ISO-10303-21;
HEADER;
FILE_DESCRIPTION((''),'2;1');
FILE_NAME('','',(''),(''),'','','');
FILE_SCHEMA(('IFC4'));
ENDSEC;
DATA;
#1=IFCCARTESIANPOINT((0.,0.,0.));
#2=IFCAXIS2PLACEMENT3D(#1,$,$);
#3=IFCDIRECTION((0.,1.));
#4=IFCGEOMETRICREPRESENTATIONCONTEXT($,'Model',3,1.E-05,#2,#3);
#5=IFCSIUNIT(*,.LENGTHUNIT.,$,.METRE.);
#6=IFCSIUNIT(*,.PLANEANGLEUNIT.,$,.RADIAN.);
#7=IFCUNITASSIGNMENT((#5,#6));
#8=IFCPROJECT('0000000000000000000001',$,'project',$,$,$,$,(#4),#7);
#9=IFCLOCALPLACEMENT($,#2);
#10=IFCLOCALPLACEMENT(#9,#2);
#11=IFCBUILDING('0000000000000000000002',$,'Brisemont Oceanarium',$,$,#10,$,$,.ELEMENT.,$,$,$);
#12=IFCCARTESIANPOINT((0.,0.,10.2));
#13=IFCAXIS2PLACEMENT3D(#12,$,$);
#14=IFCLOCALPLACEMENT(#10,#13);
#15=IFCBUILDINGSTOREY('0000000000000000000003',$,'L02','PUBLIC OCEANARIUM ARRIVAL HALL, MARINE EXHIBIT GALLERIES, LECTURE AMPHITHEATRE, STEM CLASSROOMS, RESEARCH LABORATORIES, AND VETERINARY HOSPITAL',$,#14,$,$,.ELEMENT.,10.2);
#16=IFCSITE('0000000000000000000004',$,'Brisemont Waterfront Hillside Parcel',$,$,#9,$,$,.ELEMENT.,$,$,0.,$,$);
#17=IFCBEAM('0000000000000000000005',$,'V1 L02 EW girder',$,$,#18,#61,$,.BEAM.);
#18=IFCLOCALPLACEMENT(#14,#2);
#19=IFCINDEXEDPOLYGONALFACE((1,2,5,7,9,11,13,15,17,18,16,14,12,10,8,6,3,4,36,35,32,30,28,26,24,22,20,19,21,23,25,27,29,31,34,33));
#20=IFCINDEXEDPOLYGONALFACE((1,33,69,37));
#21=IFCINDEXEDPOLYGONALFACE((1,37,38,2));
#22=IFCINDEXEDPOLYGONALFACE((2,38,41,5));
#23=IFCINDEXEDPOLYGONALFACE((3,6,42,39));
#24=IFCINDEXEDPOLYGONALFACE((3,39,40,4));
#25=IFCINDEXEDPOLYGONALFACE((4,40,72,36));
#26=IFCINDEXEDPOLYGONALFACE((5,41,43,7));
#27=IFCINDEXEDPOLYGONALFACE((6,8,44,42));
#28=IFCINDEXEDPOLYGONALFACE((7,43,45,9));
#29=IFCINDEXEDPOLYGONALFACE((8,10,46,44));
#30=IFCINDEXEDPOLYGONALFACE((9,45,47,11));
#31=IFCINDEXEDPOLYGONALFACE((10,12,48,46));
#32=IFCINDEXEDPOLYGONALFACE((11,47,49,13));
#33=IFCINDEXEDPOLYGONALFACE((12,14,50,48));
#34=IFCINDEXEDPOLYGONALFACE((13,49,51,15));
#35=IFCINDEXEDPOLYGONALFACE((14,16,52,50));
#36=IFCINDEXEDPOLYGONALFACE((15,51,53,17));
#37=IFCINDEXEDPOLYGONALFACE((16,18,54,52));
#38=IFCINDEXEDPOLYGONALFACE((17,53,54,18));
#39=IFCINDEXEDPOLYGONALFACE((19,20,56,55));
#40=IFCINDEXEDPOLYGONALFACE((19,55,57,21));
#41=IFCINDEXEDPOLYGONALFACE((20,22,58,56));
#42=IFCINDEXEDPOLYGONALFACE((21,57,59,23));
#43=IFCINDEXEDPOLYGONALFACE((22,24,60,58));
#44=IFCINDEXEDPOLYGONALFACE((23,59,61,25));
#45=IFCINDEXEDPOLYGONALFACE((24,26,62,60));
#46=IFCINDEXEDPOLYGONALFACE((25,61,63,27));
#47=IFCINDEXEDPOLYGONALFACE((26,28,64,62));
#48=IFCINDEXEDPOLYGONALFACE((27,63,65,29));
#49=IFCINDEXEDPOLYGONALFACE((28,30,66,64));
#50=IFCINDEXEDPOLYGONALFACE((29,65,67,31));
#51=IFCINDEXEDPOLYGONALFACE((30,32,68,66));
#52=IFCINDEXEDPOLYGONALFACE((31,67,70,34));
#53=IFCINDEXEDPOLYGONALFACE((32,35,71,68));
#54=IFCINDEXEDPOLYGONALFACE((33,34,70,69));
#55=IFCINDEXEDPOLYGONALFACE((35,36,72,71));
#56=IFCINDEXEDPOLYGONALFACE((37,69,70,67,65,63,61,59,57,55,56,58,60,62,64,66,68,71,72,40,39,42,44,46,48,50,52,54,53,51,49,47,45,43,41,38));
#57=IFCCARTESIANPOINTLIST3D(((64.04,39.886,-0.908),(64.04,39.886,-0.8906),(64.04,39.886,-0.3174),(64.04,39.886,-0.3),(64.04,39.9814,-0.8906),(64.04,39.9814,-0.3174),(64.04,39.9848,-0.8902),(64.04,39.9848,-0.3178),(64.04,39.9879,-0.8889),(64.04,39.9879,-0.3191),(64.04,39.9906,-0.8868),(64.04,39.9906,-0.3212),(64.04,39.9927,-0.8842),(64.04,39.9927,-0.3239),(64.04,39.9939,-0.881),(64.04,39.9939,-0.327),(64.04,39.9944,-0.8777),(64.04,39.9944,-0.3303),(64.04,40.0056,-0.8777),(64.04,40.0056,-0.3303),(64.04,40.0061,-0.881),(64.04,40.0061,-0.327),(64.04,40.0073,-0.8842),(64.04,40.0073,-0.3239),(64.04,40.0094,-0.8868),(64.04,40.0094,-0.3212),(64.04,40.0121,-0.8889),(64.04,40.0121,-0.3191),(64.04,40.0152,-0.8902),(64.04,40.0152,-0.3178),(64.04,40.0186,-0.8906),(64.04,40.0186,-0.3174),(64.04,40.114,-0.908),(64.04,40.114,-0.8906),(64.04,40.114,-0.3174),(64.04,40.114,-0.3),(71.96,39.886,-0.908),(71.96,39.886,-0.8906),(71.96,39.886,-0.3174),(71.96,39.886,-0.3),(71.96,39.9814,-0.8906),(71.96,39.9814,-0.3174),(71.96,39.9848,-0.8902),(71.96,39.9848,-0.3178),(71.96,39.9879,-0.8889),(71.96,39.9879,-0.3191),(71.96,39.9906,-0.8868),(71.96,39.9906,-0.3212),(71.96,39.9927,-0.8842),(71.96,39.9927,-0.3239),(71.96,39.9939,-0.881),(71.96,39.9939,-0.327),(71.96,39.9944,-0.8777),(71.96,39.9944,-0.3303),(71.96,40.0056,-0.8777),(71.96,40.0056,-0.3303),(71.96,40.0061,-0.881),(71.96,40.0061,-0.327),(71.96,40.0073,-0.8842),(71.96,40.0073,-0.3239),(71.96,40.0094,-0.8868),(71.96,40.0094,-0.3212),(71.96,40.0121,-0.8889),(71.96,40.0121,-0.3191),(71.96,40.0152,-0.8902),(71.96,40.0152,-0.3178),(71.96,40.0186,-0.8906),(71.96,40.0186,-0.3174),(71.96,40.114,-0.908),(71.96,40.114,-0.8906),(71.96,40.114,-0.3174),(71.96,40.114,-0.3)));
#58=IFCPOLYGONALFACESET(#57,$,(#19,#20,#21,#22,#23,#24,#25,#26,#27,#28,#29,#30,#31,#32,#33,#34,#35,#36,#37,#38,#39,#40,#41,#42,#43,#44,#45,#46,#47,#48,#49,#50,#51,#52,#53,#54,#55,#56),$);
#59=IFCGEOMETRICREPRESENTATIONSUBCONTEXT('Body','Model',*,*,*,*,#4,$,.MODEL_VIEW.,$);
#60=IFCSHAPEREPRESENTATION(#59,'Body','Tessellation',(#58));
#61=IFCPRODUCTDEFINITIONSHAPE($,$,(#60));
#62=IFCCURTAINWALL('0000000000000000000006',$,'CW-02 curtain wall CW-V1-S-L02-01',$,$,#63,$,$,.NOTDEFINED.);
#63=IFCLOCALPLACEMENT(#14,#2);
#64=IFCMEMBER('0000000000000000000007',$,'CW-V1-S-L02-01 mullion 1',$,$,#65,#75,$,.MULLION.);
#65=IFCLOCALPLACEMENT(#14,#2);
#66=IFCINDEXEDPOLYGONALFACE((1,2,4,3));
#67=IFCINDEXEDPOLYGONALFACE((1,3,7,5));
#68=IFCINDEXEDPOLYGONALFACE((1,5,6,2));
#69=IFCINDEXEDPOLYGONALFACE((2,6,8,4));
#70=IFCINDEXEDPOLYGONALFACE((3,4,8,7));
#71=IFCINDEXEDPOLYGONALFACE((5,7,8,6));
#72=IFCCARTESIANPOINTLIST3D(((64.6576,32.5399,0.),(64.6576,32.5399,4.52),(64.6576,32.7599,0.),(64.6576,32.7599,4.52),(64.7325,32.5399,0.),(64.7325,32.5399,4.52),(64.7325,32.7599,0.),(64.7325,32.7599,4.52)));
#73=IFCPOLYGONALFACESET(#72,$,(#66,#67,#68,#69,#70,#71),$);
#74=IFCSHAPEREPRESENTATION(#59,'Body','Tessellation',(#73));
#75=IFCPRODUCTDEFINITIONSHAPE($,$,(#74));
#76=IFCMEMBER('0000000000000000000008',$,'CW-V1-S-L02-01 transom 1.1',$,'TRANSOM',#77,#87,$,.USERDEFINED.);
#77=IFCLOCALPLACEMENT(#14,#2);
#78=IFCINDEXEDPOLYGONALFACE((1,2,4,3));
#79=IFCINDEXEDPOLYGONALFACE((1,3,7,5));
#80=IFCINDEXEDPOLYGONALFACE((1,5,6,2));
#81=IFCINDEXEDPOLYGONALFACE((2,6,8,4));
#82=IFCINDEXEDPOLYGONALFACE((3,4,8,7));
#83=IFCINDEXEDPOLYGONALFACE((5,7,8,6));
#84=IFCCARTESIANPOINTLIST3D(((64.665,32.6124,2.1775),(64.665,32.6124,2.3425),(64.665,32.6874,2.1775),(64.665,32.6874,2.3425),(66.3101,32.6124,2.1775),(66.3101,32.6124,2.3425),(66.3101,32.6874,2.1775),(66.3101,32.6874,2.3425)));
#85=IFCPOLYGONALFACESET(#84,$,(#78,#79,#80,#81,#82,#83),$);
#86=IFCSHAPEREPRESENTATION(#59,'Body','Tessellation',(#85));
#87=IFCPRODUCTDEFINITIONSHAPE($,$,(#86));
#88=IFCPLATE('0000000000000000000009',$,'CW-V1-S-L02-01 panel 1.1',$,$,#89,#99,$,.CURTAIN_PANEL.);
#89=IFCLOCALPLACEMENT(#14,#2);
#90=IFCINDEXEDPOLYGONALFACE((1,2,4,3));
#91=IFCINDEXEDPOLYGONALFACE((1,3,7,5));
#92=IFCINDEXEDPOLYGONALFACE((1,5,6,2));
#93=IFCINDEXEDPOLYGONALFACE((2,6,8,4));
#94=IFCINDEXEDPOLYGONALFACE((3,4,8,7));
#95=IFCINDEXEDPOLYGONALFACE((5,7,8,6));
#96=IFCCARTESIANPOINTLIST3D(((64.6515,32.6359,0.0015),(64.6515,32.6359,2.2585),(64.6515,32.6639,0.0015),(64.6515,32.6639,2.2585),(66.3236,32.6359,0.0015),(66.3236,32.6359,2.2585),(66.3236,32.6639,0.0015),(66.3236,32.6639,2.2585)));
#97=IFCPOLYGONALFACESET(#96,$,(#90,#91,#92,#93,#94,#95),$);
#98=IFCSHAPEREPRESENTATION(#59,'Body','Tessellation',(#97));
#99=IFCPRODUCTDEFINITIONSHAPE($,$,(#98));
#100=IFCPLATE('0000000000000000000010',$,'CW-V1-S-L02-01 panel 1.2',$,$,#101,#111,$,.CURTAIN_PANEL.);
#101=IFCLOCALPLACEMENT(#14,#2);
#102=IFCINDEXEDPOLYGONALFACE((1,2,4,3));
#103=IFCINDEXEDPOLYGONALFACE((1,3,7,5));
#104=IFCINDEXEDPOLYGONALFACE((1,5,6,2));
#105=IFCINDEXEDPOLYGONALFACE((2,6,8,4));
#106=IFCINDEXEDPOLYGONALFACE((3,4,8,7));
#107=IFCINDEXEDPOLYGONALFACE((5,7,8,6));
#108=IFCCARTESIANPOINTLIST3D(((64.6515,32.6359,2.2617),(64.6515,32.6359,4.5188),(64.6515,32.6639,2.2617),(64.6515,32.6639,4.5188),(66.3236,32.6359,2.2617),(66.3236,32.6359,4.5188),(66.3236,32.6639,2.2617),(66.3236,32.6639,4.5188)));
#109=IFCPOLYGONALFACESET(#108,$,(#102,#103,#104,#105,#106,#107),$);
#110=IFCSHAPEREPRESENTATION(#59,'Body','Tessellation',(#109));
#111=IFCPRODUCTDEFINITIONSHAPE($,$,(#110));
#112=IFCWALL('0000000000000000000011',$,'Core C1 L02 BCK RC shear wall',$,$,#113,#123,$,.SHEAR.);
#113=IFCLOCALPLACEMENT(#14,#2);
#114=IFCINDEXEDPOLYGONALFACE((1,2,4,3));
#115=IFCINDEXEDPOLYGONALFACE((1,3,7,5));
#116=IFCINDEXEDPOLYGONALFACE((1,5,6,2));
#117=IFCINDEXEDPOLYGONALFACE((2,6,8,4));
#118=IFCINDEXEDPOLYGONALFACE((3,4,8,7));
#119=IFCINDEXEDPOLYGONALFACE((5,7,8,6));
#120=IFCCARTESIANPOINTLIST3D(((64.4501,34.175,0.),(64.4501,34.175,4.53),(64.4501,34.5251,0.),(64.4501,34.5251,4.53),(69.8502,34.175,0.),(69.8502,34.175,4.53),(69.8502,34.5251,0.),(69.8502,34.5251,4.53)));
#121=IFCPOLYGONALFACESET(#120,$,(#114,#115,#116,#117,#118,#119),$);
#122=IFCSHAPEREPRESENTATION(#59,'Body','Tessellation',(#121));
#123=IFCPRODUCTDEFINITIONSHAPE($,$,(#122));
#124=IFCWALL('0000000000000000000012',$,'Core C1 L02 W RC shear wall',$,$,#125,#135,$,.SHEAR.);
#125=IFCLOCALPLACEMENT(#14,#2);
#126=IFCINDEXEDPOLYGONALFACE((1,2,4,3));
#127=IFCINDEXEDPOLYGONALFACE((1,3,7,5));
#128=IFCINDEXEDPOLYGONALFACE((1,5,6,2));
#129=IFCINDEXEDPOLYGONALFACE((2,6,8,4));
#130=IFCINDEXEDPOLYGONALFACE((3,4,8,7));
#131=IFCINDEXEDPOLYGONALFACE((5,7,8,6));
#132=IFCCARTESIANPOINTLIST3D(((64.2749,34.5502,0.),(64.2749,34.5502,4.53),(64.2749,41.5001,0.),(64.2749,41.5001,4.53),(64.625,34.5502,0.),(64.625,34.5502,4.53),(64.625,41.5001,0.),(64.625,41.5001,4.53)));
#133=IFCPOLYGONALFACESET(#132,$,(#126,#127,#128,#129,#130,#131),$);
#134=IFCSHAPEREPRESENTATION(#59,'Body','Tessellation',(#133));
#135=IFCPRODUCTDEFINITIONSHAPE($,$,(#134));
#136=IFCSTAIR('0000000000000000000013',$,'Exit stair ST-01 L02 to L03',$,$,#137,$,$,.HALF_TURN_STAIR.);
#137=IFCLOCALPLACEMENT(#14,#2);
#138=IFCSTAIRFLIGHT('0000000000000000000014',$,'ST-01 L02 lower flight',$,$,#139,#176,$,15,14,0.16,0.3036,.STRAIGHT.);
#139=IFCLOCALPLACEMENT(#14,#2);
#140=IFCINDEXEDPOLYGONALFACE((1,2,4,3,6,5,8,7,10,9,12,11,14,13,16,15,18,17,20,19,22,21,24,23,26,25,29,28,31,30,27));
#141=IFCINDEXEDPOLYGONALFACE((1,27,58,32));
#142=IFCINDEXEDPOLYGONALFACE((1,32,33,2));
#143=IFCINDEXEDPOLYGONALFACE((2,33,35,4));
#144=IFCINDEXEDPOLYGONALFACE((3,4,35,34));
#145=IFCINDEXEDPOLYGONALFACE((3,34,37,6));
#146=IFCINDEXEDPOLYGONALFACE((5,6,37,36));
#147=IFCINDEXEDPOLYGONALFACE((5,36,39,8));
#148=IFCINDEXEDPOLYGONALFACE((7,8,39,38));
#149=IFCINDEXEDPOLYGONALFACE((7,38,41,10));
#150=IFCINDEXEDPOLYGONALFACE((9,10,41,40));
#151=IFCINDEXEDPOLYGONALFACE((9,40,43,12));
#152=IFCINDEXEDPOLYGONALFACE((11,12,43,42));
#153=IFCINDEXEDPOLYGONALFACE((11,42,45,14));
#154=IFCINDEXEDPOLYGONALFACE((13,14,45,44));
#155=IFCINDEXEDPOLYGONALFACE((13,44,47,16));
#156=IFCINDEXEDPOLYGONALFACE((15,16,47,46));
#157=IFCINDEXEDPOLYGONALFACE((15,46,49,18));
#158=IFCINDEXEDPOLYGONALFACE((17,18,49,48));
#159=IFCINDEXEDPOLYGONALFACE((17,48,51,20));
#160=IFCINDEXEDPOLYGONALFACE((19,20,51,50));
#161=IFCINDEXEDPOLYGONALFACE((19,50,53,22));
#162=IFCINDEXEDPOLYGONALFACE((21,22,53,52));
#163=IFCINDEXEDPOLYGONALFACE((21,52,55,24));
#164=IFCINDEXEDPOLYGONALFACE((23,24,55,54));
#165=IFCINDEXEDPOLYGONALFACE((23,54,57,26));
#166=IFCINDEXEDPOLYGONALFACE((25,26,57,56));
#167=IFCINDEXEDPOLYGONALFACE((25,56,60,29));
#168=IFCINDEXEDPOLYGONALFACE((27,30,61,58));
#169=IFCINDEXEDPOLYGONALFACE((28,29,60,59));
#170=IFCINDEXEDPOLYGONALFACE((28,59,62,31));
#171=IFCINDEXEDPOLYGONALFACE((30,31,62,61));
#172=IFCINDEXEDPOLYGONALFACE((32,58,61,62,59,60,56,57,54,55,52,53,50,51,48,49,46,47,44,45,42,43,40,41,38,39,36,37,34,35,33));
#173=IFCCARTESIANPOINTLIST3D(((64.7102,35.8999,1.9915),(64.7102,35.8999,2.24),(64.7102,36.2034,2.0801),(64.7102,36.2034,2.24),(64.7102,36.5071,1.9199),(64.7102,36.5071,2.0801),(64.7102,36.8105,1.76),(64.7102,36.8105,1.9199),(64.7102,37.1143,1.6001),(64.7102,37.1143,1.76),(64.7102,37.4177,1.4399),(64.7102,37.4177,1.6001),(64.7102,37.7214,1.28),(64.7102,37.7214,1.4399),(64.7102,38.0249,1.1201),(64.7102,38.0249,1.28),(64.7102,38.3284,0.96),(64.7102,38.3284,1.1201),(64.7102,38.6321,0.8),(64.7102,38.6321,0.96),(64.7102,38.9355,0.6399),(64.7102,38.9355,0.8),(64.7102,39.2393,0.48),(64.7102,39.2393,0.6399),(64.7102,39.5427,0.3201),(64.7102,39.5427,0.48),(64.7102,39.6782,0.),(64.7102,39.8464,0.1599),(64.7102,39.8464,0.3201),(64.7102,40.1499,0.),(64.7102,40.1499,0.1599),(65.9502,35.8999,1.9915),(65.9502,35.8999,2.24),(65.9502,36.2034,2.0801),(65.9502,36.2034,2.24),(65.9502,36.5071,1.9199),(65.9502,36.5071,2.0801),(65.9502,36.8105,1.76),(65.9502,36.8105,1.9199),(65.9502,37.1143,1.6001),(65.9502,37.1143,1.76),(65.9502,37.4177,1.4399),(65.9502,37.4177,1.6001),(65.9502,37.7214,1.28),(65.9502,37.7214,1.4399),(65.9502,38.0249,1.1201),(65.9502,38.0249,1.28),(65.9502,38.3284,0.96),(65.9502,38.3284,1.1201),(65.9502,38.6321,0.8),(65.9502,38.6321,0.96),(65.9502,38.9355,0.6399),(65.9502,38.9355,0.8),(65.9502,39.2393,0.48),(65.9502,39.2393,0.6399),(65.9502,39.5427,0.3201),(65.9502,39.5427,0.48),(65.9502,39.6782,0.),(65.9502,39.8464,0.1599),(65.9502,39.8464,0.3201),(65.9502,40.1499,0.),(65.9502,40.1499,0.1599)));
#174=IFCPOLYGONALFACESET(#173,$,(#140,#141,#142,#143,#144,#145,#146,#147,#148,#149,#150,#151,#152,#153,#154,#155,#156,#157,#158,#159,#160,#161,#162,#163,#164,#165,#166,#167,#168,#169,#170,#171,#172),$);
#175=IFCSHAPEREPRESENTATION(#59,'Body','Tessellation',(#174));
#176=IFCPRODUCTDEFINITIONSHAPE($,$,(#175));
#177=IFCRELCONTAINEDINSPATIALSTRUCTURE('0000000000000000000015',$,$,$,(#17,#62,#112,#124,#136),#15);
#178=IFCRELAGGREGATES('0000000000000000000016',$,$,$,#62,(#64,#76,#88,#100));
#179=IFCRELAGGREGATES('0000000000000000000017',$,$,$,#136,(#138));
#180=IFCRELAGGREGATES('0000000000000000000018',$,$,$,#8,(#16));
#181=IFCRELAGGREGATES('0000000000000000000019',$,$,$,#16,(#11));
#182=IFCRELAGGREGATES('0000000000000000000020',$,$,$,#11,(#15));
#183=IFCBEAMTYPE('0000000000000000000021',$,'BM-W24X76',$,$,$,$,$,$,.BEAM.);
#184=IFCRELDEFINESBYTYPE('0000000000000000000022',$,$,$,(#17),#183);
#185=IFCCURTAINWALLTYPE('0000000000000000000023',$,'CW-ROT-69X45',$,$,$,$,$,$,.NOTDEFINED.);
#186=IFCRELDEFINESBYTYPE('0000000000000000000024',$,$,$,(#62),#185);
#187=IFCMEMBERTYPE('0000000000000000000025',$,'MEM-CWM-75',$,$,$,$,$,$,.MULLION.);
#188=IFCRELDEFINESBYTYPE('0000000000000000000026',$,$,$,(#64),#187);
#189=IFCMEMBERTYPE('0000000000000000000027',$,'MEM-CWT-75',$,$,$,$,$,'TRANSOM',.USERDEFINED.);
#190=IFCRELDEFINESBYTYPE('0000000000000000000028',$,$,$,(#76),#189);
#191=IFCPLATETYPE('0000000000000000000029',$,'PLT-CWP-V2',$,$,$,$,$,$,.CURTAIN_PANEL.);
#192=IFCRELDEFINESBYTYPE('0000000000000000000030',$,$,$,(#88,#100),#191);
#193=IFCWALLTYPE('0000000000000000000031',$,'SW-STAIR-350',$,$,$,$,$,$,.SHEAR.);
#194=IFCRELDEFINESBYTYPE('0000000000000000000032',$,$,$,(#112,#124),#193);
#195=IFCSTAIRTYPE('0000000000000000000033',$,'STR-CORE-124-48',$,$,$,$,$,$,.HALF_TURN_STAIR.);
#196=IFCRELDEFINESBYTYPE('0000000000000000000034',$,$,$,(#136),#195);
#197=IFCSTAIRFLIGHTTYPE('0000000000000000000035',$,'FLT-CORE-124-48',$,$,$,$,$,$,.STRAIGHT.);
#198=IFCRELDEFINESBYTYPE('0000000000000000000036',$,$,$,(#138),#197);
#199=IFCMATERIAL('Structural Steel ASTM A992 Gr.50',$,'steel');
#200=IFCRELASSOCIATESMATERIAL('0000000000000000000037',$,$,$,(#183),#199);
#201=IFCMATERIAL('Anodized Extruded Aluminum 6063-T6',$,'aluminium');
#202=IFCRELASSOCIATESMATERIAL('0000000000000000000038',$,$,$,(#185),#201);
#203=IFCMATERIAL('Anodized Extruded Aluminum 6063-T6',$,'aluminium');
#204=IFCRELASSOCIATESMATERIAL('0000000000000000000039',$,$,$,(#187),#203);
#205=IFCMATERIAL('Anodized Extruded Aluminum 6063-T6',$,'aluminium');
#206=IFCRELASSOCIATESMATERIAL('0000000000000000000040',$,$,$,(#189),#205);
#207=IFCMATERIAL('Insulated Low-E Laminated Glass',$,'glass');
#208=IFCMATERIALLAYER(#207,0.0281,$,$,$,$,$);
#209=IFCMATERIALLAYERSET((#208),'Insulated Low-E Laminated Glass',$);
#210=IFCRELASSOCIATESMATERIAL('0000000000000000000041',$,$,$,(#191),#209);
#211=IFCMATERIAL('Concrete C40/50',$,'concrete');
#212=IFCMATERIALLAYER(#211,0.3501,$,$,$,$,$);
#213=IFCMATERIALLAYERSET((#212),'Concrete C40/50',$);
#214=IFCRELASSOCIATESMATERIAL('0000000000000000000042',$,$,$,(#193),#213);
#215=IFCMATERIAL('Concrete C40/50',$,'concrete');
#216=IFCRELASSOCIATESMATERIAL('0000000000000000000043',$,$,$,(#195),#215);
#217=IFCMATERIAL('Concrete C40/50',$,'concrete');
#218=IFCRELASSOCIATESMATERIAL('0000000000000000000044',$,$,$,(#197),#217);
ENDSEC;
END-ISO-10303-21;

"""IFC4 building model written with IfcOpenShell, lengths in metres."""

from ifc_helpers import new_model, si_unit, direction, frame, frame_2d, origin, origin_2d, place, context, subcontext, project, spatial, polyline, rectangle, i_section, outline, extrude, material, layer, layer_set, material_profile, profile_set, type_object, element, aggregate, save


model = new_model("IFC4")

# Units and contexts
model_context = context("Model", 3, precision=1e-05, world=origin(), true_north=direction((0.0, 1.0)))
body_context = subcontext(model_context, "Body", "Model", "MODEL_VIEW")
ifc_project = project(units=[si_unit("LENGTHUNIT", "METRE"), si_unit("PLANEANGLEUNIT", "RADIAN")], contexts=[model_context])

# Site, building, storey
site_placement = place(None, origin())
site = spatial("IfcSite", under=ifc_project, at=site_placement, Name="Brisemont Waterfront Hillside Parcel", CompositionType="ELEMENT", RefElevation=0.0)
building_placement = place(site_placement, origin())
building = spatial("IfcBuilding", under=site, at=building_placement, Name="Brisemont Oceanarium", CompositionType="ELEMENT")
storey_placement = place(building_placement, frame((0.0, 0.0, 10.2)))
storey = spatial("IfcBuildingStorey", under=building, at=storey_placement, Name="L02", Description="PUBLIC OCEANARIUM ARRIVAL HALL, MARINE EXHIBIT GALLERIES, LECTURE AMPHITHEATRE, STEM CLASSROOMS, RESEARCH LABORATORIES, AND VETERINARY HOSPITAL", CompositionType="ELEMENT", Elevation=10.2)

# Beam
ifc_material_1 = material(Name="Structural Steel ASTM A992 Gr.50", Category="steel")
ifc_material_profile_1 = material_profile(ifc_material_1, i_section(OverallWidth=0.228, OverallDepth=0.6079, WebThickness=0.0112, FlangeThickness=0.0173, FilletRadius=0.0129, at=origin_2d()), Name="W24X76")
ifc_profile_set_1 = profile_set([ifc_material_profile_1], Name="Structural Steel ASTM A992 Gr.50")
beam_type_1 = type_object("IfcBeamType", Name="BM-W24X76", PredefinedType="BEAM", material=ifc_profile_set_1)
beam_1_placement = place(storey_placement, frame((64.04, 40.0, -0.604), z_axis=(1.0, 0.0, 0.0), x_axis=(0.0, 1.0, 0.0)))
element("IfcBeam", 1, at=beam_1_placement, inside=storey, type_object=beam_type_1, Name="V1 L02 EW girder", PredefinedType="BEAM", context=body_context, shape_type="SweptSolid", body=[
    extrude(i_section(OverallWidth=0.228, OverallDepth=0.6079, WebThickness=0.0112, FlangeThickness=0.0173, FilletRadius=0.0129, at=origin_2d()), origin(), (0.0, 0.0, 1.0), 7.9199),
])

# Curtain wall, members, plates
ifc_material_2 = material(Name="Anodized Extruded Aluminum 6063-T6", Category="aluminium")
curtain_wall_type = type_object("IfcCurtainWallType", Name="CW-ROT-69X45", PredefinedType="NOTDEFINED", material=ifc_material_2)
curtain_wall_placement = place(storey_placement, origin())
curtain_wall = element("IfcCurtainWall", 2, at=curtain_wall_placement, inside=storey, type_object=curtain_wall_type, Name="CW-02 curtain wall CW-V1-S-L02-01", PredefinedType="NOTDEFINED")
ifc_material_3 = material(Name="Anodized Extruded Aluminum 6063-T6", Category="aluminium")
ifc_material_profile_2 = material_profile(ifc_material_3, rectangle(XDim=0.075, YDim=0.22, at=origin_2d()), Name="CWM-75X220")
ifc_profile_set_2 = profile_set([ifc_material_profile_2], Name="Anodized Extruded Aluminum 6063-T6")
member_type_1 = type_object("IfcMemberType", Name="MEM-CWM-75", PredefinedType="MULLION", material=ifc_profile_set_2)
member_1_placement = place(storey_placement, frame((64.6951, 32.6499, 0.0), z_axis=(0.0, 0.0, 1.0), x_axis=(1.0, 0.0, 0.0)))
member_1 = element("IfcMember", 3, at=member_1_placement, type_object=member_type_1, Name="CW-V1-S-L02-01 mullion 1", PredefinedType="MULLION", context=body_context, shape_type="SweptSolid", body=[
    extrude(rectangle(XDim=0.075, YDim=0.22, at=origin_2d()), origin(), (0.0, 0.0, 1.0), 4.52),
])
ifc_material_4 = material(Name="Anodized Extruded Aluminum 6063-T6", Category="aluminium")
ifc_material_profile_3 = material_profile(ifc_material_4, rectangle(XDim=0.075, YDim=0.165, at=origin_2d()), Name="CWT-75X165")
ifc_profile_set_3 = profile_set([ifc_material_profile_3], Name="Anodized Extruded Aluminum 6063-T6")
member_type_2 = type_object("IfcMemberType", Name="MEM-CWT-75", ElementType="TRANSOM", PredefinedType="USERDEFINED", material=ifc_profile_set_3)
member_2_placement = place(storey_placement, frame((64.665, 32.6499, 2.26), z_axis=(1.0, 0.0, 0.0), x_axis=(0.0, 1.0, 0.0)))
member_2 = element("IfcMember", 4, at=member_2_placement, type_object=member_type_2, Name="CW-V1-S-L02-01 transom 1.1", ObjectType="TRANSOM", PredefinedType="USERDEFINED", context=body_context, shape_type="SweptSolid", body=[
    extrude(rectangle(XDim=0.075, YDim=0.165, at=origin_2d()), origin(), (0.0, 0.0, 1.0), 1.645),
])
ifc_material_5 = material(Name="Insulated Low-E Laminated Glass", Category="glass")
ifc_layer_1 = layer(ifc_material_5, 0.0281)
ifc_layer_set_1 = layer_set([ifc_layer_1], Name="Insulated Low-E Laminated Glass")
plate_type = type_object("IfcPlateType", Name="PLT-CWP-V2", PredefinedType="CURTAIN_PANEL", material=ifc_layer_set_1)
plate_1_placement = place(storey_placement, frame((65.4875, 32.6499, 0.0015), z_axis=(0.0, 0.0, 1.0), x_axis=(1.0, 0.0, 0.0)))
plate_1 = element("IfcPlate", 5, at=plate_1_placement, type_object=plate_type, Name="CW-V1-S-L02-01 panel 1.1", PredefinedType="CURTAIN_PANEL", context=body_context, shape_type="SweptSolid", body=[
    extrude(rectangle(XDim=1.6721, YDim=0.0281, at=origin_2d()), origin(), (0.0, 0.0, 1.0), 2.2571),
])
plate_2_placement = place(storey_placement, frame((65.4875, 32.6499, 2.2617), z_axis=(0.0, 0.0, 1.0), x_axis=(1.0, 0.0, 0.0)))
plate_2 = element("IfcPlate", 6, at=plate_2_placement, type_object=plate_type, Name="CW-V1-S-L02-01 panel 1.2", PredefinedType="CURTAIN_PANEL", context=body_context, shape_type="SweptSolid", body=[
    extrude(rectangle(XDim=1.6721, YDim=0.0281, at=origin_2d()), origin(), (0.0, 0.0, 1.0), 2.2571),
])
aggregate(curtain_wall, [member_1, member_2, plate_1, plate_2])

# Walls
ifc_material_6 = material(Name="Concrete C40/50", Category="concrete")
ifc_layer_2 = layer(ifc_material_6, 0.3501)
ifc_layer_set_2 = layer_set([ifc_layer_2], Name="Concrete C40/50")
wall_type = type_object("IfcWallType", Name="SW-STAIR-350", PredefinedType="SHEAR", material=ifc_layer_set_2)
wall_1_placement = place(storey_placement, frame((64.45, 34.3501, 0.0), z_axis=(0.0, 0.0, 1.0), x_axis=(1.0, 0.0, 0.0)))
element("IfcWall", 7, at=wall_1_placement, inside=storey, type_object=wall_type, Name="Core C1 L02 BCK RC shear wall", PredefinedType="SHEAR", context=body_context, shape_type="SweptSolid", body=[
    extrude(rectangle(XDim=5.4001, YDim=0.3501, at=frame_2d((2.7002, 0.0))), origin(), (0.0, 0.0, 1.0), 4.53),
])
wall_2_placement = place(storey_placement, frame((64.45, 34.55, 0.0), z_axis=(0.0, 0.0, 1.0), x_axis=(0.0, 1.0, 0.0)))
element("IfcWall", 8, at=wall_2_placement, inside=storey, type_object=wall_type, Name="Core C1 L02 W RC shear wall", PredefinedType="SHEAR", context=body_context, shape_type="SweptSolid", body=[
    extrude(rectangle(XDim=6.95, YDim=0.3501, at=frame_2d((3.4751, 0.0))), origin(), (0.0, 0.0, 1.0), 4.53),
])

# Stair, stair flight
ifc_material_7 = material(Name="Concrete C40/50", Category="concrete")
stair_type = type_object("IfcStairType", Name="STR-CORE-124-48", PredefinedType="HALF_TURN_STAIR", material=ifc_material_7)
stair_placement = place(storey_placement, origin())
stair = element("IfcStair", 9, at=stair_placement, inside=storey, type_object=stair_type, Name="Exit stair ST-01 L02 to L03", PredefinedType="HALF_TURN_STAIR")
ifc_material_8 = material(Name="Concrete C40/50", Category="concrete")
stair_flight_type = type_object("IfcStairFlightType", Name="FLT-CORE-124-48", PredefinedType="STRAIGHT", material=ifc_material_8)
stair_flight_placement = place(storey_placement, frame((65.3301, 40.1499, 0.0), z_axis=(0.0, 0.0, 1.0), x_axis=(0.0, -1.0, 0.0)))
stair_flight = element("IfcStairFlight", 10, at=stair_flight_placement, type_object=stair_flight_type, Name="ST-01 L02 lower flight", NumberOfRisers=15, NumberOfTreads=14, PredefinedType="STRAIGHT", RiserHeight=0.16, TreadLength=0.3036, context=body_context, shape_type="SweptSolid", body=[
    extrude(outline(polyline([(0.0, 0.0), (0.0, 0.1599), (0.3035, 0.1599), (0.3035, 0.3201), (0.6072, 0.3201), (0.6072, 0.48), (0.9106, 0.48), (0.9106, 0.6399), (1.2144, 0.6399), (1.2144, 0.8), (1.5178, 0.8), (1.5178, 0.96), (1.8215, 0.96), (1.8215, 1.1201), (2.125, 1.1201), (2.125, 1.28), (2.4285, 1.28), (2.4285, 1.4399), (2.7322, 1.4399), (2.7322, 1.6001), (3.0356, 1.6001), (3.0356, 1.76), (3.3394, 1.76), (3.3394, 1.9199), (3.6428, 1.9199), (3.6428, 2.0801), (3.9465, 2.0801), (3.9465, 2.24), (4.25, 2.24), (4.25, 2.3999), (4.25, 1.9915), (0.4717, 0.0), (0.0, 0.0)])), frame((0.0, 0.6201, 0.0), z_axis=(0.0, -1.0, 0.0), x_axis=(1.0, 0.0, 0.0)), (0.0, 0.0, 1.0), 1.24),
])
aggregate(stair, [stair_flight])

save(model, "model.ifc")
